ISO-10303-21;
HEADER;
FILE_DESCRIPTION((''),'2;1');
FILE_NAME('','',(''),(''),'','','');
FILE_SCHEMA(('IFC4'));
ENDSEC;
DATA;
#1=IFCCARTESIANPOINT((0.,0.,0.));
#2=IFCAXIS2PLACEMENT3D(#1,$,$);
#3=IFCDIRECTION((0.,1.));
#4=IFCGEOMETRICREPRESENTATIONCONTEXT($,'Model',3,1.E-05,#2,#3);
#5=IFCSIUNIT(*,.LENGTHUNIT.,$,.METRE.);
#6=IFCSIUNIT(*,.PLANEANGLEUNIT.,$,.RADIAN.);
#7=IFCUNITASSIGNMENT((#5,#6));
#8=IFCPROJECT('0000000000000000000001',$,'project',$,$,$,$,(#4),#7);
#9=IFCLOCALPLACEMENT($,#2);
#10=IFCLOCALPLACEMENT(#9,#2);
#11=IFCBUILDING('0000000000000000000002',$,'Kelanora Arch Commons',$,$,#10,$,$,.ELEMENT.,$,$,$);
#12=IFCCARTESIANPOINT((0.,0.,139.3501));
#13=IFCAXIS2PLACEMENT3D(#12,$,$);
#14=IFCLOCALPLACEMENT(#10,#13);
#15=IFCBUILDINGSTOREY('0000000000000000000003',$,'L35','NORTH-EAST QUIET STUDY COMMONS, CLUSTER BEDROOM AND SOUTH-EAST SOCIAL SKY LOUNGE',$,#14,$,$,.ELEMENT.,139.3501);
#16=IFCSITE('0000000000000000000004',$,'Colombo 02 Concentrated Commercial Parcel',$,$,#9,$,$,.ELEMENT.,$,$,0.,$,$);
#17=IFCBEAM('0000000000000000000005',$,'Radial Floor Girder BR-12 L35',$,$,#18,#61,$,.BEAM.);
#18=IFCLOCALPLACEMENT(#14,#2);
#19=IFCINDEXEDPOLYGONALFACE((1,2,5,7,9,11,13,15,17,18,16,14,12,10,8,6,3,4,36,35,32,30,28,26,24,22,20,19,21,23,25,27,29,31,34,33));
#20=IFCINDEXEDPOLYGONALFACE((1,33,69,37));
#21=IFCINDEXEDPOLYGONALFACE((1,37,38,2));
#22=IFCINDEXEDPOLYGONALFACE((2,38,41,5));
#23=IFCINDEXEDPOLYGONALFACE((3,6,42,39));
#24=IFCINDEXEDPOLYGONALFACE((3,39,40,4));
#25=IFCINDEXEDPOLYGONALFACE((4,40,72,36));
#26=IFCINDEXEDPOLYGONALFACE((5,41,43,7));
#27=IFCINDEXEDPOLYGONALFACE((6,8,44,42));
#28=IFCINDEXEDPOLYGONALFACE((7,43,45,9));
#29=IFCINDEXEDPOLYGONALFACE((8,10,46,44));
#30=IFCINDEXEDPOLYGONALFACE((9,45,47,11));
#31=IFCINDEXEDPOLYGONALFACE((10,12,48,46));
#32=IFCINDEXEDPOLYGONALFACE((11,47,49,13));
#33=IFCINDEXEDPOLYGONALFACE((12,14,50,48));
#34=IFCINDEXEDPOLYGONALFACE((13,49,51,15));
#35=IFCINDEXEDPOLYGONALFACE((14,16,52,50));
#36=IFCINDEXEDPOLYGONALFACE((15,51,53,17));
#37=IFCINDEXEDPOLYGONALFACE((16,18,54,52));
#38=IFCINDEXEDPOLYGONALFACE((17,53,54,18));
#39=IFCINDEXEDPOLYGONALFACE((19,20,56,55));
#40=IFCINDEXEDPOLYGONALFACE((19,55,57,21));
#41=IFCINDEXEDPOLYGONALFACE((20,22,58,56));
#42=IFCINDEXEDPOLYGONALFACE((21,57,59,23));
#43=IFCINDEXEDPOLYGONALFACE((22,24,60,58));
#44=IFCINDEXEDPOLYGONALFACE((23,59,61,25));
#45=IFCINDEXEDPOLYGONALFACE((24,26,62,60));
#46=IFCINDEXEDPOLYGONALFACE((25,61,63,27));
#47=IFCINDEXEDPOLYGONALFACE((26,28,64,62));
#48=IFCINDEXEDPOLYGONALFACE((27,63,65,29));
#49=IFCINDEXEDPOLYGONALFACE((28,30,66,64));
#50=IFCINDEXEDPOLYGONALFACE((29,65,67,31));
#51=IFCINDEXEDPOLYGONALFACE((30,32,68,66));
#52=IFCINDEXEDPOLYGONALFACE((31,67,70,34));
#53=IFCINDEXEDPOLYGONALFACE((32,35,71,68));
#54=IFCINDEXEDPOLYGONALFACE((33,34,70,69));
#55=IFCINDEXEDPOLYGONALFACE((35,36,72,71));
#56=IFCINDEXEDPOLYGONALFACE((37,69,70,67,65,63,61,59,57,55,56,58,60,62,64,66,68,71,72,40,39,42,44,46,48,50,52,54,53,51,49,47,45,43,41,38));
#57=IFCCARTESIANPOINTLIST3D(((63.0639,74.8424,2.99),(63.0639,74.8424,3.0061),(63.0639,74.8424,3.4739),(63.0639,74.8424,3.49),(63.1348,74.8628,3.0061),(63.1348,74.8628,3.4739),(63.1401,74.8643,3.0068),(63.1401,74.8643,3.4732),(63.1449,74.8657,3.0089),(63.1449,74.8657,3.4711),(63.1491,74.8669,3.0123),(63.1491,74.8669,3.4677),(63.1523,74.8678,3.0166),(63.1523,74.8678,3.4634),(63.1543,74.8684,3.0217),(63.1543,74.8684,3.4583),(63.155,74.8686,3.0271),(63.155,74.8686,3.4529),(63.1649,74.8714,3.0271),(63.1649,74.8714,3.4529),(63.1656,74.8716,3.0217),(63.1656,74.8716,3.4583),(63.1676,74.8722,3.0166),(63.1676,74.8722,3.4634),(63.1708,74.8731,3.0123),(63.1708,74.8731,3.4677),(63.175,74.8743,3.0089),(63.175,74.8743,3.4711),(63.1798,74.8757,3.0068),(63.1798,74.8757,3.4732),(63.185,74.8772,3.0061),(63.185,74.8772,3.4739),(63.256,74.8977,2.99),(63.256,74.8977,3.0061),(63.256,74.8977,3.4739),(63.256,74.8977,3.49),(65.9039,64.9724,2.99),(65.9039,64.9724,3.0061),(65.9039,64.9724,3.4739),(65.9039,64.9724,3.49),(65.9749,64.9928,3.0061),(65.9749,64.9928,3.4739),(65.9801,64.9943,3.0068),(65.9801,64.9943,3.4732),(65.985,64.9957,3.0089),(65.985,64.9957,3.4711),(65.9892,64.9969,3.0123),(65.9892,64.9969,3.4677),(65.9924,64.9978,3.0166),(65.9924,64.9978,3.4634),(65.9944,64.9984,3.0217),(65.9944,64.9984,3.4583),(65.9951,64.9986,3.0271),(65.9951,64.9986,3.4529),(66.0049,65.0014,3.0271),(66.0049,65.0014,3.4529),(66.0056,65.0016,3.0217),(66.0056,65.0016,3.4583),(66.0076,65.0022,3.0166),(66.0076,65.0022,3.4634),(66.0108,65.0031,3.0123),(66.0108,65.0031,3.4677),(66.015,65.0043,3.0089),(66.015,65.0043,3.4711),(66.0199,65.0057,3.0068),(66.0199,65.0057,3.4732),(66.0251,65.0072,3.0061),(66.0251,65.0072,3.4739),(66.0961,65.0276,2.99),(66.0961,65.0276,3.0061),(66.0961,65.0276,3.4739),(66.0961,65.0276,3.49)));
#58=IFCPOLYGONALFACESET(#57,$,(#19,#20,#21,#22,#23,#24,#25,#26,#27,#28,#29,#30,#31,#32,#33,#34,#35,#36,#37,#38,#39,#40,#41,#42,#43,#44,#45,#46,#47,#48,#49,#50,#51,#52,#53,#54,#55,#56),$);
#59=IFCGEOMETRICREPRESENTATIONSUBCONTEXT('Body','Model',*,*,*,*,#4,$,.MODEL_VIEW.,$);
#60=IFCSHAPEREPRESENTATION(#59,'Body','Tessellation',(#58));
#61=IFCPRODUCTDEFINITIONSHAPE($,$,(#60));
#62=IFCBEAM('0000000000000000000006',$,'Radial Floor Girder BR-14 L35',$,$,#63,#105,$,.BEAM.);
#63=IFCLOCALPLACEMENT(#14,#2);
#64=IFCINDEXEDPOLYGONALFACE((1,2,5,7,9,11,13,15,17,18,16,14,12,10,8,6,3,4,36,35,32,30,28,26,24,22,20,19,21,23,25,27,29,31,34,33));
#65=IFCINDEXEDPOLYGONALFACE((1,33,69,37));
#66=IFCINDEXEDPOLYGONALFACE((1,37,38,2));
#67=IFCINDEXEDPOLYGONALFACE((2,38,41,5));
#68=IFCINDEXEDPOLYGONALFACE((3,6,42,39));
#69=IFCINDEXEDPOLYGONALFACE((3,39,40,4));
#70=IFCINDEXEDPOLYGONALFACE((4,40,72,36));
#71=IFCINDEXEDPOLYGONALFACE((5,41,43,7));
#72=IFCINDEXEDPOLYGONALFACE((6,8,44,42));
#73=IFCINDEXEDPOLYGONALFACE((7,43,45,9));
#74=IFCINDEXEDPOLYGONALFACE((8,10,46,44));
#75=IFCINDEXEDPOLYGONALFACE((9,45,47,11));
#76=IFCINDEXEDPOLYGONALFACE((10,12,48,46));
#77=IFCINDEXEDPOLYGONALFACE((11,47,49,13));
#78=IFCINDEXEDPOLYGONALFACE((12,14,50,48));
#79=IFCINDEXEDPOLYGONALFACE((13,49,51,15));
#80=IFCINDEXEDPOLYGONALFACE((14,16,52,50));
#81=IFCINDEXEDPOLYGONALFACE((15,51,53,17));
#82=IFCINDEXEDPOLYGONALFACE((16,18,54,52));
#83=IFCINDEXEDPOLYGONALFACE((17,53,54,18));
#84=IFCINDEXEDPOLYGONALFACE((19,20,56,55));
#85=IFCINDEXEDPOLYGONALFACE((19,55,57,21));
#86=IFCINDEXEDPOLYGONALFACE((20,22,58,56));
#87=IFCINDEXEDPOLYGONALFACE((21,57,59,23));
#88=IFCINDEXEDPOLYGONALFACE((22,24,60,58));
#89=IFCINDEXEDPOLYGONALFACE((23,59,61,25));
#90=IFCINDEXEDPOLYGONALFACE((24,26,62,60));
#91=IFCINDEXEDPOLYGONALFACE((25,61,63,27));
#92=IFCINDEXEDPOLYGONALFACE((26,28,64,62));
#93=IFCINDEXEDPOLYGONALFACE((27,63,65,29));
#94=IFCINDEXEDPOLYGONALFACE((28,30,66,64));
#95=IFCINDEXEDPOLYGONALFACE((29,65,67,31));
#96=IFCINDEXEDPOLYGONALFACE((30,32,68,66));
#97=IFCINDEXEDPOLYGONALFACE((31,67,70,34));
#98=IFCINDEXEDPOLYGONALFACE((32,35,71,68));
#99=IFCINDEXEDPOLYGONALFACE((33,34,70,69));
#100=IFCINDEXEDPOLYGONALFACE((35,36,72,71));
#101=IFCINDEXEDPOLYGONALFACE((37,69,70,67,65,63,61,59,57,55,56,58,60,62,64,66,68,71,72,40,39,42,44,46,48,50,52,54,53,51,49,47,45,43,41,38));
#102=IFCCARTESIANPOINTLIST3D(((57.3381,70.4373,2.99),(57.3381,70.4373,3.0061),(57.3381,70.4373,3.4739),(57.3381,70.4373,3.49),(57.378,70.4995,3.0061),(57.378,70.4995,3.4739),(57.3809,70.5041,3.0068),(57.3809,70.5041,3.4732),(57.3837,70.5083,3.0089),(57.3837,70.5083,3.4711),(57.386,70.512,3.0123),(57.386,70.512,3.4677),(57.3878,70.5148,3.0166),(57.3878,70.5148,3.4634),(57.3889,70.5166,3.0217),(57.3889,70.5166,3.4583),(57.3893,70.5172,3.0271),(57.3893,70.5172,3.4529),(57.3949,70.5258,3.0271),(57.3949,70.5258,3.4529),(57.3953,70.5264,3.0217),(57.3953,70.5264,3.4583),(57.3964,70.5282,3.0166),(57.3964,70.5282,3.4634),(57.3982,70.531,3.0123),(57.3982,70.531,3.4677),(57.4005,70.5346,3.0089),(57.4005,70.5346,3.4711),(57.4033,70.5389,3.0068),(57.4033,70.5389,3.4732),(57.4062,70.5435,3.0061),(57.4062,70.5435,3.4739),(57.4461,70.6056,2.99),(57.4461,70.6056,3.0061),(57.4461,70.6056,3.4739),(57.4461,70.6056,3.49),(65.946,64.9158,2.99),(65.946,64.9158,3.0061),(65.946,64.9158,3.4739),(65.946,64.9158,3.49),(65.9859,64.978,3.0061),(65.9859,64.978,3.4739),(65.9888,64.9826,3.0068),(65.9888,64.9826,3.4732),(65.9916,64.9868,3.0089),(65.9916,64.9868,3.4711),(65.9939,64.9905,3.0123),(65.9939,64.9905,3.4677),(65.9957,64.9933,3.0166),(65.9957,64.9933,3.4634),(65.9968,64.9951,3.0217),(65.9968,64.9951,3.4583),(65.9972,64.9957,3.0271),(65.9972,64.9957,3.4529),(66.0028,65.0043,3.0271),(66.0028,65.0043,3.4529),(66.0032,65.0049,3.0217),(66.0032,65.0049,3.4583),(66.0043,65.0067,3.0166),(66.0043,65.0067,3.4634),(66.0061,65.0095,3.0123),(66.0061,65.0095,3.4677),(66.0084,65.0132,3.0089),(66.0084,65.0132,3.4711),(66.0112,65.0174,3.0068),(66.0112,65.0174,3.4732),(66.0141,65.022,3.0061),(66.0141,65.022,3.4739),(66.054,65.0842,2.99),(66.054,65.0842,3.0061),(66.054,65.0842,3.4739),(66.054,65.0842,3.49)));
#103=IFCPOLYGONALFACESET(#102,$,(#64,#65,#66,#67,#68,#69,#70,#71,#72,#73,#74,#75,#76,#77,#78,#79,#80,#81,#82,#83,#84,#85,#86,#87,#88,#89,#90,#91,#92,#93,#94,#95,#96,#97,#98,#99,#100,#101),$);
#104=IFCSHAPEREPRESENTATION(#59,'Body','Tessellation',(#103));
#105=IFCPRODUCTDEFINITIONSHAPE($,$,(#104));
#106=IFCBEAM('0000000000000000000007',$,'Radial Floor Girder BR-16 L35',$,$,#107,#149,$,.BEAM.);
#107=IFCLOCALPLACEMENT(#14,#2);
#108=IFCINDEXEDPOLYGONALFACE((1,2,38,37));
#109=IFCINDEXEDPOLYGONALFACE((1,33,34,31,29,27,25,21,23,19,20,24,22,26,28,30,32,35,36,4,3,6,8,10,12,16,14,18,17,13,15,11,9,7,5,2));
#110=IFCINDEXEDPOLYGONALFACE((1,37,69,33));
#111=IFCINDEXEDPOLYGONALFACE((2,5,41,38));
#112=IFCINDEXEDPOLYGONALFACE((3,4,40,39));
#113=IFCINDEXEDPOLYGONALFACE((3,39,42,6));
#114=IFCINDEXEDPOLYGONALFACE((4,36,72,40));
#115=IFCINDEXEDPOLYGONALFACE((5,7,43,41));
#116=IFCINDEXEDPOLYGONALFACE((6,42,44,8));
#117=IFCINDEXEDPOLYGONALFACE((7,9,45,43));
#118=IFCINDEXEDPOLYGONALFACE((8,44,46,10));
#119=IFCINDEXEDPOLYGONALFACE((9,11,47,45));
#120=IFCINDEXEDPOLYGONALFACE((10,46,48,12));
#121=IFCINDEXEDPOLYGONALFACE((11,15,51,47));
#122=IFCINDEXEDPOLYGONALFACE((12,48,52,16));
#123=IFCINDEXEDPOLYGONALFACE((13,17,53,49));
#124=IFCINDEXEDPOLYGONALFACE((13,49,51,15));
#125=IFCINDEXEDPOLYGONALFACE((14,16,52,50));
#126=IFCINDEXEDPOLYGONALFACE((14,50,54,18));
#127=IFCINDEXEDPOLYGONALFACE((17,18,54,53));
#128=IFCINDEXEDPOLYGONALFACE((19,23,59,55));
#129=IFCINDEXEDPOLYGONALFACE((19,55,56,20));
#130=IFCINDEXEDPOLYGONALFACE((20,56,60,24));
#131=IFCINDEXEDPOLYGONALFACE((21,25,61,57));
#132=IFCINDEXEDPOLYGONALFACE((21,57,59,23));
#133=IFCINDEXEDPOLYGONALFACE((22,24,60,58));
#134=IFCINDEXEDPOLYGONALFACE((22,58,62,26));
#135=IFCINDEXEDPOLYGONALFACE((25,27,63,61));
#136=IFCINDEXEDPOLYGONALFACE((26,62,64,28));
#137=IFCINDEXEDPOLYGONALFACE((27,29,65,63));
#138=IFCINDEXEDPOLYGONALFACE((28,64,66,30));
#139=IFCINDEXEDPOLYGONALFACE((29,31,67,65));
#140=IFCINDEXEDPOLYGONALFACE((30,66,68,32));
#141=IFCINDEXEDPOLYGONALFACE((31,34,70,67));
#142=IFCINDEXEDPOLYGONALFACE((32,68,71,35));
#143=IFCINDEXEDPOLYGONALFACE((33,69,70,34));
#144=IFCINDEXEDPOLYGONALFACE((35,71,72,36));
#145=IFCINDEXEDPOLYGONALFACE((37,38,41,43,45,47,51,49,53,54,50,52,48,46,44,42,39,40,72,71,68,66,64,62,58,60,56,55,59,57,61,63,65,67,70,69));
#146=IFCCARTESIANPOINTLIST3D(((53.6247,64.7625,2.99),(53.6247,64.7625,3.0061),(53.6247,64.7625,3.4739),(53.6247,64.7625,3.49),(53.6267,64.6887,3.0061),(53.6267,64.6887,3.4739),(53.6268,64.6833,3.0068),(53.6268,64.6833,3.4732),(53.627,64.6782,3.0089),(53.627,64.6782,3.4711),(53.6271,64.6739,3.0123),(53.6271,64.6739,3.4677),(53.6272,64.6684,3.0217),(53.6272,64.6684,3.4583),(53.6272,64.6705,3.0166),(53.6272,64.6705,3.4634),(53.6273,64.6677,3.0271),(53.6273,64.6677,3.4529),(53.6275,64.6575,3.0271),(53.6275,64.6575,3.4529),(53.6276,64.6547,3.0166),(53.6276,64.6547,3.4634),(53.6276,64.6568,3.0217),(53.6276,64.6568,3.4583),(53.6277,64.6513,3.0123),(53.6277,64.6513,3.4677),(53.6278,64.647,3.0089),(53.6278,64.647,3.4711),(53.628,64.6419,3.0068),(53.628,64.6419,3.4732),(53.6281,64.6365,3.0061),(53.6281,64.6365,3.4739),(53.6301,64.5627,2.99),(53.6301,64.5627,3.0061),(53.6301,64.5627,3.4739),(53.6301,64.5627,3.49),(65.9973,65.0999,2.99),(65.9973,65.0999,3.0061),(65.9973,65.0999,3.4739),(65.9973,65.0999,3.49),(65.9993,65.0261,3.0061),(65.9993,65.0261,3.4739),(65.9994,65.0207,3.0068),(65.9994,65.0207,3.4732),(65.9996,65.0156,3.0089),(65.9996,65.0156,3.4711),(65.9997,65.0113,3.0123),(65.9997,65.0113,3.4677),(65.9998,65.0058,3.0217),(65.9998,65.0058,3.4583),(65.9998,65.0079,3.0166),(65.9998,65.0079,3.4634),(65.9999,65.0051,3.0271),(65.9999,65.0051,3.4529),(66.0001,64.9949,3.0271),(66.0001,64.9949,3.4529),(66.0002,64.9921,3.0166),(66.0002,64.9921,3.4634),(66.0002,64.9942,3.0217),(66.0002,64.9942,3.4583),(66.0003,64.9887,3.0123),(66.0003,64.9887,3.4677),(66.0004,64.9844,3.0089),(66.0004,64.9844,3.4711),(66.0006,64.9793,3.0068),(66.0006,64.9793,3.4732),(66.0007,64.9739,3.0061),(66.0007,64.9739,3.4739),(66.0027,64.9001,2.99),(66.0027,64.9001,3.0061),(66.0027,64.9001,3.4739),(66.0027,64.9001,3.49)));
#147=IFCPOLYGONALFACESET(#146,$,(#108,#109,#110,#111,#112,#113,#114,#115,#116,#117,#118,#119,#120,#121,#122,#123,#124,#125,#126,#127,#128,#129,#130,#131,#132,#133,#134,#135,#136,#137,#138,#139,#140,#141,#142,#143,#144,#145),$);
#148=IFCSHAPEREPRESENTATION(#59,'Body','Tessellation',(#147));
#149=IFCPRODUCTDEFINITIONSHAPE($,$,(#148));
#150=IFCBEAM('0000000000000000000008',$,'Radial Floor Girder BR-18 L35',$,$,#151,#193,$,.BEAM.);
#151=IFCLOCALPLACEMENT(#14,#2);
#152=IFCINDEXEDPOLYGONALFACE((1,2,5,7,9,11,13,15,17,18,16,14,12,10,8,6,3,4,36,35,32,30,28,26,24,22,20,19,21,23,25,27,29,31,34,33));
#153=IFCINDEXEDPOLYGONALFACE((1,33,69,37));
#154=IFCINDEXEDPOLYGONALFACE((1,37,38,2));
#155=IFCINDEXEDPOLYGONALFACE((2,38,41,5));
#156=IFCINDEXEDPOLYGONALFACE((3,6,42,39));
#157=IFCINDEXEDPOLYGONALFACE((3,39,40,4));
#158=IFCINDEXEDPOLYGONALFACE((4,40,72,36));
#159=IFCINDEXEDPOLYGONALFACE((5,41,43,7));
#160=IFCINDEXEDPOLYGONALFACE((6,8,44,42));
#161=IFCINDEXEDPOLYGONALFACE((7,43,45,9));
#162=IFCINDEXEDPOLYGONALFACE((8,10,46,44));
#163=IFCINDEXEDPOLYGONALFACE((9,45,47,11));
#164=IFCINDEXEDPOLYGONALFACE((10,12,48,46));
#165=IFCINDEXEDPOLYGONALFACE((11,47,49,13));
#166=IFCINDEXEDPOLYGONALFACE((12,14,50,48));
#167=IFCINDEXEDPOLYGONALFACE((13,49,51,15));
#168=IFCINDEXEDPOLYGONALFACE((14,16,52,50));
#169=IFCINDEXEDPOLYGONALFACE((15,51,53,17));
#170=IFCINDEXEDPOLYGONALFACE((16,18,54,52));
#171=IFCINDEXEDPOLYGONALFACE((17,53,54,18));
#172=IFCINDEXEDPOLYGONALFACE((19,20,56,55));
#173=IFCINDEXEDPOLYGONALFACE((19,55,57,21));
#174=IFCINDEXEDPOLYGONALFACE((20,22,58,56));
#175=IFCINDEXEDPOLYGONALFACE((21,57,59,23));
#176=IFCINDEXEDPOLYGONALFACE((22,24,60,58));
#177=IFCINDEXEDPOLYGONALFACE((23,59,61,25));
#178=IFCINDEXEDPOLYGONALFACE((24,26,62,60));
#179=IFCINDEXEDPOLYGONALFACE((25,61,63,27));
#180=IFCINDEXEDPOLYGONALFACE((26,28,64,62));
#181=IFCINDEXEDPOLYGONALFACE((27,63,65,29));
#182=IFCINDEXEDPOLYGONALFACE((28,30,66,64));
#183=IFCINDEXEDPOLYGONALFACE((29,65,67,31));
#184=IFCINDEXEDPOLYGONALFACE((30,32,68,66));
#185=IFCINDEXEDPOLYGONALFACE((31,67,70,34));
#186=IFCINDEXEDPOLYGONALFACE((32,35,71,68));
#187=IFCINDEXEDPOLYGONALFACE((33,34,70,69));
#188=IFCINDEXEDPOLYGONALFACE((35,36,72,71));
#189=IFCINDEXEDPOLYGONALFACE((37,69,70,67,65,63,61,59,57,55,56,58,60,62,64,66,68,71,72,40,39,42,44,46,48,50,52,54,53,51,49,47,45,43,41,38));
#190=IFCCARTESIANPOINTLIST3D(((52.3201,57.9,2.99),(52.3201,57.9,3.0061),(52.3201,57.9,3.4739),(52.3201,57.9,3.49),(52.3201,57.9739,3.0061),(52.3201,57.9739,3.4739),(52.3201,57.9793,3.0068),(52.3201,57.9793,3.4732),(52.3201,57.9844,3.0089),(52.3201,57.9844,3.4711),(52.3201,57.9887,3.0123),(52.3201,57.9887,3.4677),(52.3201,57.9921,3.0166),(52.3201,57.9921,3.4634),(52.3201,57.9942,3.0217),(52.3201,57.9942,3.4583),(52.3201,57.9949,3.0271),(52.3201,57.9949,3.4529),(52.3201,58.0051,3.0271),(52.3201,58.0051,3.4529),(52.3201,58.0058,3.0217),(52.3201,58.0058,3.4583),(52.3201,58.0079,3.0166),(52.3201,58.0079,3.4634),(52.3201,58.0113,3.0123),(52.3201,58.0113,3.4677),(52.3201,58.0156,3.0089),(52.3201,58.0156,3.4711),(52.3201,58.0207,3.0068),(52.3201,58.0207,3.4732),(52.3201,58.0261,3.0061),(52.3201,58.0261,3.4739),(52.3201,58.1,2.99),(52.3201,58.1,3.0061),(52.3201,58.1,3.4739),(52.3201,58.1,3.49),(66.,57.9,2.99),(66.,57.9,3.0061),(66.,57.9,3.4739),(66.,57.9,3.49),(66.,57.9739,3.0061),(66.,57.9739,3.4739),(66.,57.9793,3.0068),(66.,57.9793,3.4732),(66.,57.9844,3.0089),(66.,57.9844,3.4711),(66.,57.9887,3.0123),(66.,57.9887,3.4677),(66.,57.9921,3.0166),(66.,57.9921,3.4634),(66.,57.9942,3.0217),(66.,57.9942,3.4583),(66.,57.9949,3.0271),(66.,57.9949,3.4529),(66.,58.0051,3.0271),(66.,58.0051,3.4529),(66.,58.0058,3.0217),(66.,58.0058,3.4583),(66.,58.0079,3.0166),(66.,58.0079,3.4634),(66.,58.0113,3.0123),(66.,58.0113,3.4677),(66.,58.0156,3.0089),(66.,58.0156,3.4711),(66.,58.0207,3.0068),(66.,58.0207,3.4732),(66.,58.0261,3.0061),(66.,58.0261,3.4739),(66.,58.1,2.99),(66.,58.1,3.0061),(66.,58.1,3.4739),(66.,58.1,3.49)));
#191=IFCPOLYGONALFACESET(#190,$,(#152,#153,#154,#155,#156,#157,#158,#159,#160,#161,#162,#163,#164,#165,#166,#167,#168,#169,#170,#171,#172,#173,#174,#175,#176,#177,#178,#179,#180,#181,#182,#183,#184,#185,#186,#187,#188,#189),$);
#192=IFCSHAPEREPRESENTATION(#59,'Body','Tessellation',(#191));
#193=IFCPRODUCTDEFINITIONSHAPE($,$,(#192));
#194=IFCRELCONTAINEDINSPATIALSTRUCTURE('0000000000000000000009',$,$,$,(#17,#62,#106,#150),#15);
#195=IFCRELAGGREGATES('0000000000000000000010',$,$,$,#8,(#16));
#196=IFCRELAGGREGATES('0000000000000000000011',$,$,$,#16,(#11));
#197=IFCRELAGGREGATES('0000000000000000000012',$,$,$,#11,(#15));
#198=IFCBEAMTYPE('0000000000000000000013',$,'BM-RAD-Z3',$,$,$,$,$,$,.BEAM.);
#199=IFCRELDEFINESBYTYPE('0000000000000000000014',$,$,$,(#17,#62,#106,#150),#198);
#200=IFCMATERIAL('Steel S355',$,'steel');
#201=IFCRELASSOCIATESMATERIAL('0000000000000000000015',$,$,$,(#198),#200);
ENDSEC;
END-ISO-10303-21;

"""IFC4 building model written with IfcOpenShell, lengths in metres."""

from ifc_helpers import new_model, si_unit, direction, frame, origin, origin_2d, place, context, subcontext, project, spatial, i_section, extrude, material, material_profile, profile_set, type_object, element, save


model = new_model("IFC4")

# Units and contexts
model_context = context("Model", 3, precision=1e-05, world=origin(), true_north=direction((0.0, 1.0)))
body_context = subcontext(model_context, "Body", "Model", "MODEL_VIEW")
ifc_project = project(units=[si_unit("LENGTHUNIT", "METRE"), si_unit("PLANEANGLEUNIT", "RADIAN")], contexts=[model_context])

# Site, building, storey
site_placement = place(None, origin())
site = spatial("IfcSite", under=ifc_project, at=site_placement, Name="Colombo 02 Concentrated Commercial Parcel", CompositionType="ELEMENT", RefElevation=0.0)
building_placement = place(site_placement, origin())
building = spatial("IfcBuilding", under=site, at=building_placement, Name="Kelanora Arch Commons", CompositionType="ELEMENT")
storey_placement = place(building_placement, frame((0.0, 0.0, 139.3501)))
storey = spatial("IfcBuildingStorey", under=building, at=storey_placement, Name="L35", Description="NORTH-EAST QUIET STUDY COMMONS, CLUSTER BEDROOM AND SOUTH-EAST SOCIAL SKY LOUNGE", CompositionType="ELEMENT", Elevation=139.3501)

# Beams
ifc_material_1 = material(Name="Steel S355", Category="steel")
ifc_material_profile_1 = material_profile(ifc_material_1, i_section(OverallWidth=0.2, OverallDepth=0.5, WebThickness=0.0103, FlangeThickness=0.0161, FilletRadius=0.021, at=origin_2d()), Name="IPE500")
ifc_profile_set_1 = profile_set([ifc_material_profile_1], Name="Steel S355")
beam_type_1 = type_object("IfcBeamType", Name="BM-RAD-Z3", PredefinedType="BEAM", material=ifc_profile_set_1)
beam_1_placement = place(storey_placement, frame((66.0, 65.0, 3.24), z_axis=(-0.276526, 0.961006, 0.0), x_axis=(-0.961006, -0.276526, 0.0)))
element("IfcBeam", 1, at=beam_1_placement, inside=storey, type_object=beam_type_1, Name="Radial Floor Girder BR-12 L35", PredefinedType="BEAM", context=body_context, shape_type="SweptSolid", body=[
    extrude(i_section(OverallWidth=0.2, OverallDepth=0.5, WebThickness=0.0103, FlangeThickness=0.0161, FilletRadius=0.021, at=origin_2d()), origin(), (0.0, 0.0, 1.0), 10.2705),
])
beam_2_placement = place(storey_placement, frame((66.0, 65.0, 3.24), z_axis=(-0.841719, 0.539915, 0.0), x_axis=(-0.539915, -0.841719, 0.0)))
element("IfcBeam", 2, at=beam_2_placement, inside=storey, type_object=beam_type_1, Name="Radial Floor Girder BR-14 L35", PredefinedType="BEAM", context=body_context, shape_type="SweptSolid", body=[
    extrude(i_section(OverallWidth=0.2, OverallDepth=0.5, WebThickness=0.0103, FlangeThickness=0.0161, FilletRadius=0.021, at=origin_2d()), origin(), (0.0, 0.0, 1.0), 10.2266),
])
beam_3_placement = place(storey_placement, frame((66.0, 65.0, 3.24), z_axis=(-0.999628, -0.02726, 0.0), x_axis=(0.02726, -0.999628, 0.0)))
element("IfcBeam", 3, at=beam_3_placement, inside=storey, type_object=beam_type_1, Name="Radial Floor Girder BR-16 L35", PredefinedType="BEAM", context=body_context, shape_type="SweptSolid", body=[
    extrude(i_section(OverallWidth=0.2, OverallDepth=0.5, WebThickness=0.0103, FlangeThickness=0.0161, FilletRadius=0.021, at=origin_2d()), origin(), (0.0, 0.0, 1.0), 12.3772),
])
beam_4_placement = place(storey_placement, frame((66.0, 58.0, 3.24), z_axis=(-1.0, 0.0, 0.0), x_axis=(0.0, -1.0, 0.0)))
element("IfcBeam", 4, at=beam_4_placement, inside=storey, type_object=beam_type_1, Name="Radial Floor Girder BR-18 L35", PredefinedType="BEAM", context=body_context, shape_type="SweptSolid", body=[
    extrude(i_section(OverallWidth=0.2, OverallDepth=0.5, WebThickness=0.0103, FlangeThickness=0.0161, FilletRadius=0.021, at=origin_2d()), origin(), (0.0, 0.0, 1.0), 13.6799),
])

save(model, "model.ifc")
